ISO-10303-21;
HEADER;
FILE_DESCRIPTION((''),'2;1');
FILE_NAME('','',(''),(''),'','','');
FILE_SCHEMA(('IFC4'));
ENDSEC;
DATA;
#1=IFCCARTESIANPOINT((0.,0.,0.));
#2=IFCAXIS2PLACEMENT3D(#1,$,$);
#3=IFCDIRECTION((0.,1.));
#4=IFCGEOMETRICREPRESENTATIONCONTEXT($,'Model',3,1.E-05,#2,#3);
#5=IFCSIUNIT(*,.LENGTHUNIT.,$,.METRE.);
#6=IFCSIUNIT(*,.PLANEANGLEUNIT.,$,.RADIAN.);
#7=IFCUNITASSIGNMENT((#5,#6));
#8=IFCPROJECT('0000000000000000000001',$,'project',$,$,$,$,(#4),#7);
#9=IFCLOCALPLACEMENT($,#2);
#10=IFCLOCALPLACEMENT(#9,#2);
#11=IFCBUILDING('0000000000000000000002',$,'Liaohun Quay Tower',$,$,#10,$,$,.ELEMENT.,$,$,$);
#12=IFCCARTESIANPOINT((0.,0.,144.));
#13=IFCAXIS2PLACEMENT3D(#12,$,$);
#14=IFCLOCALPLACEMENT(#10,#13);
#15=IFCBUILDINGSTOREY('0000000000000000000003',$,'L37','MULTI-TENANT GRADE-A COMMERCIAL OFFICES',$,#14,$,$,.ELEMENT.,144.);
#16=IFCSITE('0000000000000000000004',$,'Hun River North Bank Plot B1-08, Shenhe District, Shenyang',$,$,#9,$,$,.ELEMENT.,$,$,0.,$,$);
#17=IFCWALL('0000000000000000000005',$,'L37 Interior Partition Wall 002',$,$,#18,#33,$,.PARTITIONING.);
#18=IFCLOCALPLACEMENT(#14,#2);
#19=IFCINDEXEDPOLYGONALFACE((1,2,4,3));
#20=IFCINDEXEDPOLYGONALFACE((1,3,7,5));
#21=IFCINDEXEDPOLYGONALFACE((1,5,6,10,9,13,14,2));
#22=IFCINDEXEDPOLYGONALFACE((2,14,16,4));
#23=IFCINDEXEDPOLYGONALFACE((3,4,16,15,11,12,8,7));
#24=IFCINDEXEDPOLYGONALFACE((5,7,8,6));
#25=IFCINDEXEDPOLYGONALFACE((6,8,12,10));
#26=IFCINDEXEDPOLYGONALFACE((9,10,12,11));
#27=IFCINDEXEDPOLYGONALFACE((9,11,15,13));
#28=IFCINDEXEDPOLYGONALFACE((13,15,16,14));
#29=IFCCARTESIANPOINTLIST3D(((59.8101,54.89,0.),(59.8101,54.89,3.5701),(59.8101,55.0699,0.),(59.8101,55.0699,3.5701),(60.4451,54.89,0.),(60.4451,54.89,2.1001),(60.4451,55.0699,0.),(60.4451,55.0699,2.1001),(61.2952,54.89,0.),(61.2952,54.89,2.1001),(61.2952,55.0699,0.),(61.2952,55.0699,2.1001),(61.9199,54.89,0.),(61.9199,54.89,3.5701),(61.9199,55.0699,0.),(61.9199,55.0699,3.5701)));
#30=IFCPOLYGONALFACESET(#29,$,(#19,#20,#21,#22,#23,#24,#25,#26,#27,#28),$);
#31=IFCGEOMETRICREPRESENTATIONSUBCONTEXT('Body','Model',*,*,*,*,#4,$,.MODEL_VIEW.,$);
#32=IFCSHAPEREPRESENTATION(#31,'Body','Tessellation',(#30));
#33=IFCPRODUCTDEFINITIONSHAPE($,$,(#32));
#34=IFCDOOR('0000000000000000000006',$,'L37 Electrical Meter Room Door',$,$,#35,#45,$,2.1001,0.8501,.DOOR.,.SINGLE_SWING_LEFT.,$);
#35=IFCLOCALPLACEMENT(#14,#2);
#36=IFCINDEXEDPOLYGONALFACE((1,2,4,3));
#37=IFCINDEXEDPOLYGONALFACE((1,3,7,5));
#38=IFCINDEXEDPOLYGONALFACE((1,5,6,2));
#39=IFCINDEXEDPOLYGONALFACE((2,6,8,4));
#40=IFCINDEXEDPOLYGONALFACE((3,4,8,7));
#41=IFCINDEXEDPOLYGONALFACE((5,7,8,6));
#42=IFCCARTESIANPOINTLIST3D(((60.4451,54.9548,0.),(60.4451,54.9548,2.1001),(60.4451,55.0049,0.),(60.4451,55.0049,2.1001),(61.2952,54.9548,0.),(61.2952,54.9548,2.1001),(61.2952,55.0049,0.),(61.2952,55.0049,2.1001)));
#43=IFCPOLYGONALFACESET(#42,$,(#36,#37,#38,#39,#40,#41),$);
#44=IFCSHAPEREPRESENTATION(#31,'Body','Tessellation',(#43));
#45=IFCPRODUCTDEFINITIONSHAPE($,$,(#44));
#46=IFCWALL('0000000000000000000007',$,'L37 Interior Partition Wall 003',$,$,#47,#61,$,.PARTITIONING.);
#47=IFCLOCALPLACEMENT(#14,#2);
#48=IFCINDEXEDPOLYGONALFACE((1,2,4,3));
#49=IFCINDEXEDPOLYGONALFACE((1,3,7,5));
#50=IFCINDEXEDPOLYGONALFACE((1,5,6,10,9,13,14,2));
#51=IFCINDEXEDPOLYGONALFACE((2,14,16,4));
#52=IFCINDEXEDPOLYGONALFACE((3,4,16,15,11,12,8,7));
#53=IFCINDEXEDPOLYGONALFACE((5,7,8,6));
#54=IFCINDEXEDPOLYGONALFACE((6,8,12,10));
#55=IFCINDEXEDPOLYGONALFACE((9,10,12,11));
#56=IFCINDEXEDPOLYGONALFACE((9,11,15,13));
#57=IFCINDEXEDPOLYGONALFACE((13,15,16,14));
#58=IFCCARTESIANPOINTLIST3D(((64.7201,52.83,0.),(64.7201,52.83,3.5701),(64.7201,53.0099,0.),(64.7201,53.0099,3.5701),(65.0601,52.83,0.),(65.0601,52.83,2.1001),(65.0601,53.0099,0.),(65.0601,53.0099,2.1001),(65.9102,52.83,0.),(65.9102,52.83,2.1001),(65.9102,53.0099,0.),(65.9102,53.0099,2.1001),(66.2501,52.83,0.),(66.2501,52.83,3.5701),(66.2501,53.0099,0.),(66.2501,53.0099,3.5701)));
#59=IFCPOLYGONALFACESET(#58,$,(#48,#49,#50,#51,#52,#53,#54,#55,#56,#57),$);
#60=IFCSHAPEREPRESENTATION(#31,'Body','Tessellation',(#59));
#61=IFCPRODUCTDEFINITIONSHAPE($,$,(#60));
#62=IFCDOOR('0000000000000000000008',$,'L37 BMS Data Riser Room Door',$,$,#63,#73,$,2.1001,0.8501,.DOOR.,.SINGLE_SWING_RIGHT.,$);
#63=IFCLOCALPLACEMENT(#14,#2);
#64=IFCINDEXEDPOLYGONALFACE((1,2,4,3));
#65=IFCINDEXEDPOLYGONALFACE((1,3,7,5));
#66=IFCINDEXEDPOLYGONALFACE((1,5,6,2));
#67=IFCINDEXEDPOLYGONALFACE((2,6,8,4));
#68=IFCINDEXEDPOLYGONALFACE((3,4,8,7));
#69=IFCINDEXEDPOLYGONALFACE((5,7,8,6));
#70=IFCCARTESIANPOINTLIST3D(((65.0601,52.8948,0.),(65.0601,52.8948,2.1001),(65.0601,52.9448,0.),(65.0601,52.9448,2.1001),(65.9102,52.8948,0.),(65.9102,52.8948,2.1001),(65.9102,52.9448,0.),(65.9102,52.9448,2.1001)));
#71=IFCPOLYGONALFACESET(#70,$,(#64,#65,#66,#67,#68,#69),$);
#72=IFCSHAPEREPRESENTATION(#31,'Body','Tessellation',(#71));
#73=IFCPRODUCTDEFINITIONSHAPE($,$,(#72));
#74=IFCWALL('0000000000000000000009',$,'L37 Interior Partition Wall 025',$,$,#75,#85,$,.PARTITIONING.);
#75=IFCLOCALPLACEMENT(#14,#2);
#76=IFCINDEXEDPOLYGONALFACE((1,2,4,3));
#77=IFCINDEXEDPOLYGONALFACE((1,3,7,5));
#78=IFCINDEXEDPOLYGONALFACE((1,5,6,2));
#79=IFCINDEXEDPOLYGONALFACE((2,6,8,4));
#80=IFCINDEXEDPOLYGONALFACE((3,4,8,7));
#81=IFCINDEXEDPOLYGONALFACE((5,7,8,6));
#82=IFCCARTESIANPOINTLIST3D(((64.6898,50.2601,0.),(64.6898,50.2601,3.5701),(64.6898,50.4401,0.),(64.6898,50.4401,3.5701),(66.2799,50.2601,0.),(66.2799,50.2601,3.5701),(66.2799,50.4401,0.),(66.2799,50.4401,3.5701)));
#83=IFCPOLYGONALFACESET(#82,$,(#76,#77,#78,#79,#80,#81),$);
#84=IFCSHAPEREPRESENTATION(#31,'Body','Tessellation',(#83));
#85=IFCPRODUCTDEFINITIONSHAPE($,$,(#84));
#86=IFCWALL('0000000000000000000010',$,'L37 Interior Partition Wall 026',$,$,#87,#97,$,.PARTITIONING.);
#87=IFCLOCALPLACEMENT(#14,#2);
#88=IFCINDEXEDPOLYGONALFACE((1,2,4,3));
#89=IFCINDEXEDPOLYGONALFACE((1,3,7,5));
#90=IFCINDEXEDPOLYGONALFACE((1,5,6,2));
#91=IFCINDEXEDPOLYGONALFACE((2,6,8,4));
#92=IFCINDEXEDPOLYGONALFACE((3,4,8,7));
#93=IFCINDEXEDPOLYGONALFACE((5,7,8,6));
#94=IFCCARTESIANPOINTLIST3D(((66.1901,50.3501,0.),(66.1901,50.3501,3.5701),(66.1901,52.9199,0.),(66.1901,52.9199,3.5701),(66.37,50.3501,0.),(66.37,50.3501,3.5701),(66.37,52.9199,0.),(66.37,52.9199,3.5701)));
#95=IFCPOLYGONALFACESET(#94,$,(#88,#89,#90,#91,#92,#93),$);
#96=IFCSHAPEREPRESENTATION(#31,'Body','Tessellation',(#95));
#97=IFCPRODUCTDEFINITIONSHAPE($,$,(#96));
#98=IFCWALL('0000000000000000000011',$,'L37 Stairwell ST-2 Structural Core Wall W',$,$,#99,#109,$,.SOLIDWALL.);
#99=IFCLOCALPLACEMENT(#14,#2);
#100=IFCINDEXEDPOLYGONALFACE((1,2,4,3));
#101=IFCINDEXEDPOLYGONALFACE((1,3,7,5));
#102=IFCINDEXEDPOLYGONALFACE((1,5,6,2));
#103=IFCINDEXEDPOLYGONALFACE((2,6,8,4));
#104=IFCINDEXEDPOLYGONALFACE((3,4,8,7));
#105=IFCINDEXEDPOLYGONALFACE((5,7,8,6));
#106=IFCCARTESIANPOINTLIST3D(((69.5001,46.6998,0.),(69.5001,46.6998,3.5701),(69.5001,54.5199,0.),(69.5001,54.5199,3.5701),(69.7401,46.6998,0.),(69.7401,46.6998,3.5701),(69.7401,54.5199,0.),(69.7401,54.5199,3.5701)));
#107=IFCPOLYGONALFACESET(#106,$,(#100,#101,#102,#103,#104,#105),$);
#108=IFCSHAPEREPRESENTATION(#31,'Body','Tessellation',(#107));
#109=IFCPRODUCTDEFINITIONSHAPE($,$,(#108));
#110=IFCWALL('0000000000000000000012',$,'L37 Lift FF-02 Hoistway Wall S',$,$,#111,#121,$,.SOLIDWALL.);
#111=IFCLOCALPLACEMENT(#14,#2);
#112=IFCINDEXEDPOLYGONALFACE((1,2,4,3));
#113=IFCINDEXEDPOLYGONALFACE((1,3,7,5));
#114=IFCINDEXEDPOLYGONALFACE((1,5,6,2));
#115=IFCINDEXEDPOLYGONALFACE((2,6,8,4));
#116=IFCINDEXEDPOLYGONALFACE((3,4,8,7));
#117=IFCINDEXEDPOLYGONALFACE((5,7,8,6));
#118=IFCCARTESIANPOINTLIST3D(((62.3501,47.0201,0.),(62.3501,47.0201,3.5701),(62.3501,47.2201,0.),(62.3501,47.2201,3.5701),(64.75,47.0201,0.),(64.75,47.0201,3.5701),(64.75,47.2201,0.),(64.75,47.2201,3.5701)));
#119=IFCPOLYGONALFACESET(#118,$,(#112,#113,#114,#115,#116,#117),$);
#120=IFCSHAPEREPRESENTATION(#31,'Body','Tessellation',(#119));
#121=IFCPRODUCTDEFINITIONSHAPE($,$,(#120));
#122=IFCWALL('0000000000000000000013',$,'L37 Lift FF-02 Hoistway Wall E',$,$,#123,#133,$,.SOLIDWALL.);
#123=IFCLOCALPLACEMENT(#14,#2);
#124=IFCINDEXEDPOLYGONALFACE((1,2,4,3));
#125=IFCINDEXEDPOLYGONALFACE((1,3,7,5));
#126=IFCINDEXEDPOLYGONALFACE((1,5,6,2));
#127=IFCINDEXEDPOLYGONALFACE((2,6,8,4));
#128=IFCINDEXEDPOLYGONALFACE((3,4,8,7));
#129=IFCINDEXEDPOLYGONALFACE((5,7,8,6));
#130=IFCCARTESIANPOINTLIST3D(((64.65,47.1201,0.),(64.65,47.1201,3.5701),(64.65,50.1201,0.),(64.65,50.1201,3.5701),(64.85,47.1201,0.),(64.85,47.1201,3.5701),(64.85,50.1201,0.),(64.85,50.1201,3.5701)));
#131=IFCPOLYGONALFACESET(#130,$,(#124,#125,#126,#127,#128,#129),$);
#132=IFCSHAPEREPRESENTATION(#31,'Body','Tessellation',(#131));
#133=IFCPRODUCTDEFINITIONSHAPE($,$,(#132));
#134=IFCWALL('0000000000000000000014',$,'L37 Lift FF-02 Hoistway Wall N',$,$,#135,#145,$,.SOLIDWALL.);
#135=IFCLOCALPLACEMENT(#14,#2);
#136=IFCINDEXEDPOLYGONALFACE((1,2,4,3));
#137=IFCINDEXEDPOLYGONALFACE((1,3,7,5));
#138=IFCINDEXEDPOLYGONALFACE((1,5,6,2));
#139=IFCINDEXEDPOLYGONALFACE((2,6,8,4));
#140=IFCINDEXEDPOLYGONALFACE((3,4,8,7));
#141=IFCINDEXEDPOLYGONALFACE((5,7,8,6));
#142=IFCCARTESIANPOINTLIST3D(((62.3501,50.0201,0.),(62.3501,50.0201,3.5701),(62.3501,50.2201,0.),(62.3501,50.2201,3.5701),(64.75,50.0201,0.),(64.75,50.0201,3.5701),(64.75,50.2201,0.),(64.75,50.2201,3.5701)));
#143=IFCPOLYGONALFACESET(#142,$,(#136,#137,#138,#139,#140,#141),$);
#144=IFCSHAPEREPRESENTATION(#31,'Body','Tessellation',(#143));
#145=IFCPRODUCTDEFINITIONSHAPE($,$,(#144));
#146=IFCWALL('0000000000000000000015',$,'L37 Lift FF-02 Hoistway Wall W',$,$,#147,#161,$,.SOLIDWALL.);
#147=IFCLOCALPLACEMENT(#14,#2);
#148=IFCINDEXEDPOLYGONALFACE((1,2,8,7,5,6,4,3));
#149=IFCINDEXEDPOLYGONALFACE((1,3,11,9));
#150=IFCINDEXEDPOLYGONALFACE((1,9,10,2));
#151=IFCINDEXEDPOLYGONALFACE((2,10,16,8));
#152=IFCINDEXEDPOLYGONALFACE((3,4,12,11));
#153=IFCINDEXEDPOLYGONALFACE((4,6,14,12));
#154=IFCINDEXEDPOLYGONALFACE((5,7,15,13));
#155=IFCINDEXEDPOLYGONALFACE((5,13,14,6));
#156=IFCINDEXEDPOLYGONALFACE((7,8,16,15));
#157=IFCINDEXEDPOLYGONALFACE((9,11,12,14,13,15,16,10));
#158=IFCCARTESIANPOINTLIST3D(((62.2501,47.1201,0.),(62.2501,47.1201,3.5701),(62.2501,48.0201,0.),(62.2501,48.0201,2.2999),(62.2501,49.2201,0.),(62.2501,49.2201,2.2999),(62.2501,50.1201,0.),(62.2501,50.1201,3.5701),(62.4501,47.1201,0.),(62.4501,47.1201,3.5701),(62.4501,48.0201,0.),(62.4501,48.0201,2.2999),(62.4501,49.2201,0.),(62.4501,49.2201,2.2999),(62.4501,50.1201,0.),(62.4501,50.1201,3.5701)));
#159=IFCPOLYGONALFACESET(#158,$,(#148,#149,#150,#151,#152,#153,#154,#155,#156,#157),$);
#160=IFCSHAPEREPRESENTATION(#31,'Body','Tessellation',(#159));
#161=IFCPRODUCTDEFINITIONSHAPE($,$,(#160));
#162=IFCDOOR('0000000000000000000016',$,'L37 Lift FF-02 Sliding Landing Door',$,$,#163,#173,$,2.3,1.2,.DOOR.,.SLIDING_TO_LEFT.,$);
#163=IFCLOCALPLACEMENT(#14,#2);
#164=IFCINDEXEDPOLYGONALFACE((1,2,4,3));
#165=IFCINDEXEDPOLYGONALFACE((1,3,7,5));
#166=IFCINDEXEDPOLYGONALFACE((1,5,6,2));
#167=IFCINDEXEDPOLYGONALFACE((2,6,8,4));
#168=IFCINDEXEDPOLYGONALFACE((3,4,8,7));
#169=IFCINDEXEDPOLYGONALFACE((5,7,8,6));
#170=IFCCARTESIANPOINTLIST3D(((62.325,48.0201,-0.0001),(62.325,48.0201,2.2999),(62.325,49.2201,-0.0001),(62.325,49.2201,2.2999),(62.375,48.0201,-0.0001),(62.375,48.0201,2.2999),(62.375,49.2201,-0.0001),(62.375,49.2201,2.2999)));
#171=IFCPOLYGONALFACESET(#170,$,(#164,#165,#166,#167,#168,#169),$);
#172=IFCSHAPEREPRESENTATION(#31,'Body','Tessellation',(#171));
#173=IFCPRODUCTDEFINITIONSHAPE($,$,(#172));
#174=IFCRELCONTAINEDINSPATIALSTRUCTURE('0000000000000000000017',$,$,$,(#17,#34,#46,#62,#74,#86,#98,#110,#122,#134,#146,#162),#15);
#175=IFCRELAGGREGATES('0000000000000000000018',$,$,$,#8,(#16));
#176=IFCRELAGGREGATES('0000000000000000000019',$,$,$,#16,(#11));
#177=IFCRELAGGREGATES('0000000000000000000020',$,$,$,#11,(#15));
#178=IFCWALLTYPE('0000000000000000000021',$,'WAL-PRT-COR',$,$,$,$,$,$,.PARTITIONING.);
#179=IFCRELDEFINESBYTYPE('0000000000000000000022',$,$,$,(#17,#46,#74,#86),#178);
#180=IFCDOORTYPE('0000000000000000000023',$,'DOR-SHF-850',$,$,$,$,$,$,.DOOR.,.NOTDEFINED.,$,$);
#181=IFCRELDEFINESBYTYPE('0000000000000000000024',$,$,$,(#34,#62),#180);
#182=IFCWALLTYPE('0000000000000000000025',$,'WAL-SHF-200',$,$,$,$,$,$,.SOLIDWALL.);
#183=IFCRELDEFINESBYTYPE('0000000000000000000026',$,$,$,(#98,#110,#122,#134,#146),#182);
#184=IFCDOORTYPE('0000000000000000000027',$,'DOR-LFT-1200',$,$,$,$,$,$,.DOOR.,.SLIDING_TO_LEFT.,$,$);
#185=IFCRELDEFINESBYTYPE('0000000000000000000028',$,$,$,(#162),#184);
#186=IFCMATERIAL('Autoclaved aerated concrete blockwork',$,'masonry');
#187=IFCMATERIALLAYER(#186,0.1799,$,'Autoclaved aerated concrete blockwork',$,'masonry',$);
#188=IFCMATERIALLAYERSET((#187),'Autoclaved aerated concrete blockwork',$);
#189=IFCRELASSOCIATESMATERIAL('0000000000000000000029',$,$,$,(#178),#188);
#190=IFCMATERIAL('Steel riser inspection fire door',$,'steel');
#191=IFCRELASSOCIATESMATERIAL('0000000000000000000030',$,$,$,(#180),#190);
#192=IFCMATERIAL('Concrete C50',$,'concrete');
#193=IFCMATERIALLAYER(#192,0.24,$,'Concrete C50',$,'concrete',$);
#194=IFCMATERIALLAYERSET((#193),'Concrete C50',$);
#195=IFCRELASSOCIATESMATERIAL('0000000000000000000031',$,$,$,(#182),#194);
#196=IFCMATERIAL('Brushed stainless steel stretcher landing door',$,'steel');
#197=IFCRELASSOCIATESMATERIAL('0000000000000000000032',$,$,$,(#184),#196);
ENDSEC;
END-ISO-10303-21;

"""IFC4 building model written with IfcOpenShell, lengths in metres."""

from ifc_helpers import new_model, si_unit, direction, frame, frame_2d, origin, place, context, subcontext, project, spatial, rectangle, extrude, source, transform, mapped, material, layer, layer_set, type_object, element, fill, save


model = new_model("IFC4")

# Units and contexts
model_context = context("Model", 3, precision=1e-05, world=origin(), true_north=direction((0.0, 1.0)))
body_context = subcontext(model_context, "Body", "Model", "MODEL_VIEW")
ifc_project = project(units=[si_unit("LENGTHUNIT", "METRE"), si_unit("PLANEANGLEUNIT", "RADIAN")], contexts=[model_context])

# Site, building, storey
site_placement = place(None, origin())
site = spatial("IfcSite", under=ifc_project, at=site_placement, Name="Hun River North Bank Plot B1-08, Shenhe District, Shenyang", CompositionType="ELEMENT", RefElevation=0.0)
building_placement = place(site_placement, origin())
building = spatial("IfcBuilding", under=site, at=building_placement, Name="Liaohun Quay Tower", CompositionType="ELEMENT")
storey_placement = place(building_placement, frame((0.0, 0.0, 144.0)))
storey = spatial("IfcBuildingStorey", under=building, at=storey_placement, Name="L37", Description="MULTI-TENANT GRADE-A COMMERCIAL OFFICES", CompositionType="ELEMENT", Elevation=144.0)

# Walls, openings, doors
ifc_material_1 = material(Name="Autoclaved aerated concrete blockwork", Category="masonry")
ifc_layer_1 = layer(ifc_material_1, 0.1799, Name="Autoclaved aerated concrete blockwork", Category="masonry")
ifc_layer_set_1 = layer_set([ifc_layer_1], Name="Autoclaved aerated concrete blockwork")
wall_type_1 = type_object("IfcWallType", Name="WAL-PRT-COR", PredefinedType="PARTITIONING", material=ifc_layer_set_1)
wall_1_placement = place(storey_placement, frame((59.8101, 54.98, 0.0), z_axis=(0.0, 0.0, 1.0), x_axis=(1.0, 0.0, 0.0)))
wall_1 = element("IfcWall", 1, at=wall_1_placement, inside=storey, type_object=wall_type_1, Name="L37 Interior Partition Wall 002", PredefinedType="PARTITIONING", context=body_context, shape_type="SweptSolid", body=[
    extrude(rectangle(XDim=2.1099, YDim=0.1799, at=frame_2d((1.0549, 0.0))), origin(), (0.0, 0.0, 1.0), 3.5701),
])
shared_shape_1 = source(origin(), body_context, "Body", "SweptSolid", [
    extrude(rectangle(XDim=0.8501, YDim=2.1001, at=frame_2d((0.425, 1.05))), frame((0.0, 0.0999, 0.0), z_axis=(0.0, -1.0, 0.0), x_axis=(1.0, 0.0, 0.0)), (0.0, 0.0, 1.0), 0.2),
])
opening_1_placement = place(wall_1_placement, frame((0.635, 0.0, 0.0)))
opening_1 = element("IfcOpeningElement", 2, at=opening_1_placement, cuts=wall_1, PredefinedType="OPENING", context=body_context, shape_type="MappedRepresentation", body=[
    mapped(shared_shape_1, transform((0.0, 0.0, 0.0), x_axis=(1.0, 0.0, 0.0), y_axis=(0.0, 1.0, 0.0), z_axis=(0.0, 0.0, 1.0), scale=1.0)),
])
ifc_material_2 = material(Name="Steel riser inspection fire door", Category="steel")
door_type_1 = type_object("IfcDoorType", Name="DOR-SHF-850", OperationType="NOTDEFINED", PredefinedType="DOOR", material=ifc_material_2)
shared_shape_2 = source(origin(), body_context, "Body", "SweptSolid", [
    extrude(rectangle(XDim=0.8501, YDim=2.1001, at=frame_2d((0.425, 1.05))), frame((0.0, 0.0249, 0.0), z_axis=(0.0, -1.0, 0.0), x_axis=(1.0, 0.0, 0.0)), (0.0, 0.0, 1.0), 0.05),
])
door_1_placement = place(opening_1_placement, origin())
door_1 = element("IfcDoor", 3, at=door_1_placement, inside=storey, type_object=door_type_1, Name="L37 Electrical Meter Room Door", OperationType="SINGLE_SWING_LEFT", OverallHeight=2.1001, OverallWidth=0.8501, PredefinedType="DOOR", context=body_context, shape_type="MappedRepresentation", body=[
    mapped(shared_shape_2, transform((0.0, 0.0, 0.0), x_axis=(1.0, 0.0, 0.0), y_axis=(0.0, 1.0, 0.0), z_axis=(0.0, 0.0, 1.0), scale=1.0)),
])
fill(opening_1, door_1)
wall_2_placement = place(storey_placement, frame((64.72, 52.9199, 0.0), z_axis=(0.0, 0.0, 1.0), x_axis=(1.0, 0.0, 0.0)))
wall_2 = element("IfcWall", 4, at=wall_2_placement, inside=storey, type_object=wall_type_1, Name="L37 Interior Partition Wall 003", PredefinedType="PARTITIONING", context=body_context, shape_type="SweptSolid", body=[
    extrude(rectangle(XDim=1.53, YDim=0.1799, at=frame_2d((0.7651, 0.0))), origin(), (0.0, 0.0, 1.0), 3.5701),
])
opening_2_placement = place(wall_2_placement, frame((0.3401, 0.0, 0.0)))
opening_2 = element("IfcOpeningElement", 5, at=opening_2_placement, cuts=wall_2, PredefinedType="OPENING", context=body_context, shape_type="MappedRepresentation", body=[
    mapped(shared_shape_1, transform((0.0, 0.0, 0.0), x_axis=(1.0, 0.0, 0.0), y_axis=(0.0, 1.0, 0.0), z_axis=(0.0, 0.0, 1.0), scale=1.0)),
])
door_2_placement = place(opening_2_placement, origin())
door_2 = element("IfcDoor", 6, at=door_2_placement, inside=storey, type_object=door_type_1, Name="L37 BMS Data Riser Room Door", OperationType="SINGLE_SWING_RIGHT", OverallHeight=2.1001, OverallWidth=0.8501, PredefinedType="DOOR", context=body_context, shape_type="MappedRepresentation", body=[
    mapped(shared_shape_2, transform((0.0, 0.0, 0.0), x_axis=(1.0, 0.0, 0.0), y_axis=(0.0, 1.0, 0.0), z_axis=(0.0, 0.0, 1.0), scale=1.0)),
])
fill(opening_2, door_2)

# Walls
wall_3_placement = place(storey_placement, frame((64.6899, 50.3501, 0.0), z_axis=(0.0, 0.0, 1.0), x_axis=(1.0, 0.0, 0.0)))
element("IfcWall", 7, at=wall_3_placement, inside=storey, type_object=wall_type_1, Name="L37 Interior Partition Wall 025", PredefinedType="PARTITIONING", context=body_context, shape_type="SweptSolid", body=[
    extrude(rectangle(XDim=1.5901, YDim=0.1799, at=frame_2d((0.7949, 0.0))), origin(), (0.0, 0.0, 1.0), 3.5701),
])
wall_4_placement = place(storey_placement, frame((66.28, 50.3501, 0.0), z_axis=(0.0, 0.0, 1.0), x_axis=(0.0, 1.0, 0.0)))
element("IfcWall", 8, at=wall_4_placement, inside=storey, type_object=wall_type_1, Name="L37 Interior Partition Wall 026", PredefinedType="PARTITIONING", context=body_context, shape_type="SweptSolid", body=[
    extrude(rectangle(XDim=2.5698, YDim=0.1799, at=frame_2d((1.2849, 0.0))), origin(), (0.0, 0.0, 1.0), 3.5701),
])
ifc_material_3 = material(Name="Concrete C50", Category="concrete")
ifc_layer_2 = layer(ifc_material_3, 0.24, Name="Concrete C50", Category="concrete")
ifc_layer_set_2 = layer_set([ifc_layer_2], Name="Concrete C50")
wall_type_2 = type_object("IfcWallType", Name="WAL-SHF-200", PredefinedType="SOLIDWALL", material=ifc_layer_set_2)
wall_5_placement = place(storey_placement, frame((69.6201, 54.52, 0.0), z_axis=(0.0, 0.0, 1.0), x_axis=(0.0, -1.0, 0.0)))
element("IfcWall", 9, at=wall_5_placement, inside=storey, type_object=wall_type_2, Name="L37 Stairwell ST-2 Structural Core Wall W", PredefinedType="SOLIDWALL", context=body_context, shape_type="SweptSolid", body=[
    extrude(rectangle(XDim=7.8201, YDim=0.24, at=frame_2d((3.9102, 0.0))), origin(), (0.0, 0.0, 1.0), 3.5701),
])
wall_6_placement = place(storey_placement, frame((62.3501, 47.1201, 0.0), z_axis=(0.0, 0.0, 1.0), x_axis=(1.0, 0.0, 0.0)))
element("IfcWall", 10, at=wall_6_placement, inside=storey, type_object=wall_type_2, Name="L37 Lift FF-02 Hoistway Wall S", PredefinedType="SOLIDWALL", context=body_context, shape_type="SweptSolid", body=[
    extrude(rectangle(XDim=2.3999, YDim=0.2, at=frame_2d((1.2, 0.0))), origin(), (0.0, 0.0, 1.0), 3.5701),
])
wall_7_placement = place(storey_placement, frame((64.75, 47.1201, 0.0), z_axis=(0.0, 0.0, 1.0), x_axis=(0.0, 1.0, 0.0)))
element("IfcWall", 11, at=wall_7_placement, inside=storey, type_object=wall_type_2, Name="L37 Lift FF-02 Hoistway Wall E", PredefinedType="SOLIDWALL", context=body_context, shape_type="SweptSolid", body=[
    extrude(rectangle(XDim=3.0, YDim=0.2, at=frame_2d((1.5, 0.0))), origin(), (0.0, 0.0, 1.0), 3.5701),
])
wall_8_placement = place(storey_placement, frame((64.75, 50.1201, 0.0), z_axis=(0.0, 0.0, 1.0), x_axis=(-1.0, 0.0, 0.0)))
element("IfcWall", 12, at=wall_8_placement, inside=storey, type_object=wall_type_2, Name="L37 Lift FF-02 Hoistway Wall N", PredefinedType="SOLIDWALL", context=body_context, shape_type="SweptSolid", body=[
    extrude(rectangle(XDim=2.3999, YDim=0.2, at=frame_2d((1.2, 0.0))), origin(), (0.0, 0.0, 1.0), 3.5701),
])

# Wall, opening, door
wall_9_placement = place(storey_placement, frame((62.3501, 50.1201, 0.0), z_axis=(0.0, 0.0, 1.0), x_axis=(0.0, -1.0, 0.0)))
wall_9 = element("IfcWall", 13, at=wall_9_placement, inside=storey, type_object=wall_type_2, Name="L37 Lift FF-02 Hoistway Wall W", PredefinedType="SOLIDWALL", context=body_context, shape_type="SweptSolid", body=[
    extrude(rectangle(XDim=3.0, YDim=0.2, at=frame_2d((1.5, 0.0))), origin(), (0.0, 0.0, 1.0), 3.5701),
])
shared_shape_3 = source(origin(), body_context, "Body", "SweptSolid", [
    extrude(rectangle(XDim=1.2, YDim=2.3, at=frame_2d((0.6001, 1.1499))), frame((0.0, 0.1099, 0.0), z_axis=(0.0, -1.0, 0.0), x_axis=(1.0, 0.0, 0.0)), (0.0, 0.0, 1.0), 0.22),
])
opening_3_placement = place(wall_9_placement, frame((0.8999, 0.0, 0.0)))
opening_3 = element("IfcOpeningElement", 14, at=opening_3_placement, cuts=wall_9, PredefinedType="OPENING", context=body_context, shape_type="MappedRepresentation", body=[
    mapped(shared_shape_3, transform((0.0, 0.0, 0.0), x_axis=(1.0, 0.0, 0.0), y_axis=(0.0, 1.0, 0.0), z_axis=(0.0, 0.0, 1.0), scale=1.0)),
])
ifc_material_4 = material(Name="Brushed stainless steel stretcher landing door", Category="steel")
door_type_2 = type_object("IfcDoorType", Name="DOR-LFT-1200", OperationType="SLIDING_TO_LEFT", PredefinedType="DOOR", material=ifc_material_4)
shared_shape_4 = source(origin(), body_context, "Body", "SweptSolid", [
    extrude(rectangle(XDim=1.2, YDim=2.3, at=frame_2d((0.6001, 1.1499))), frame((0.0, 0.0249, 0.0), z_axis=(0.0, -1.0, 0.0), x_axis=(1.0, 0.0, 0.0)), (0.0, 0.0, 1.0), 0.05),
])
door_3_placement = place(opening_3_placement, origin())
door_3 = element("IfcDoor", 15, at=door_3_placement, inside=storey, type_object=door_type_2, Name="L37 Lift FF-02 Sliding Landing Door", OperationType="SLIDING_TO_LEFT", OverallHeight=2.3, OverallWidth=1.2, PredefinedType="DOOR", context=body_context, shape_type="MappedRepresentation", body=[
    mapped(shared_shape_4, transform((0.0, 0.0, 0.0), x_axis=(1.0, 0.0, 0.0), y_axis=(0.0, 1.0, 0.0), z_axis=(0.0, 0.0, 1.0), scale=1.0)),
])
fill(opening_3, door_3)

save(model, "model.ifc")
